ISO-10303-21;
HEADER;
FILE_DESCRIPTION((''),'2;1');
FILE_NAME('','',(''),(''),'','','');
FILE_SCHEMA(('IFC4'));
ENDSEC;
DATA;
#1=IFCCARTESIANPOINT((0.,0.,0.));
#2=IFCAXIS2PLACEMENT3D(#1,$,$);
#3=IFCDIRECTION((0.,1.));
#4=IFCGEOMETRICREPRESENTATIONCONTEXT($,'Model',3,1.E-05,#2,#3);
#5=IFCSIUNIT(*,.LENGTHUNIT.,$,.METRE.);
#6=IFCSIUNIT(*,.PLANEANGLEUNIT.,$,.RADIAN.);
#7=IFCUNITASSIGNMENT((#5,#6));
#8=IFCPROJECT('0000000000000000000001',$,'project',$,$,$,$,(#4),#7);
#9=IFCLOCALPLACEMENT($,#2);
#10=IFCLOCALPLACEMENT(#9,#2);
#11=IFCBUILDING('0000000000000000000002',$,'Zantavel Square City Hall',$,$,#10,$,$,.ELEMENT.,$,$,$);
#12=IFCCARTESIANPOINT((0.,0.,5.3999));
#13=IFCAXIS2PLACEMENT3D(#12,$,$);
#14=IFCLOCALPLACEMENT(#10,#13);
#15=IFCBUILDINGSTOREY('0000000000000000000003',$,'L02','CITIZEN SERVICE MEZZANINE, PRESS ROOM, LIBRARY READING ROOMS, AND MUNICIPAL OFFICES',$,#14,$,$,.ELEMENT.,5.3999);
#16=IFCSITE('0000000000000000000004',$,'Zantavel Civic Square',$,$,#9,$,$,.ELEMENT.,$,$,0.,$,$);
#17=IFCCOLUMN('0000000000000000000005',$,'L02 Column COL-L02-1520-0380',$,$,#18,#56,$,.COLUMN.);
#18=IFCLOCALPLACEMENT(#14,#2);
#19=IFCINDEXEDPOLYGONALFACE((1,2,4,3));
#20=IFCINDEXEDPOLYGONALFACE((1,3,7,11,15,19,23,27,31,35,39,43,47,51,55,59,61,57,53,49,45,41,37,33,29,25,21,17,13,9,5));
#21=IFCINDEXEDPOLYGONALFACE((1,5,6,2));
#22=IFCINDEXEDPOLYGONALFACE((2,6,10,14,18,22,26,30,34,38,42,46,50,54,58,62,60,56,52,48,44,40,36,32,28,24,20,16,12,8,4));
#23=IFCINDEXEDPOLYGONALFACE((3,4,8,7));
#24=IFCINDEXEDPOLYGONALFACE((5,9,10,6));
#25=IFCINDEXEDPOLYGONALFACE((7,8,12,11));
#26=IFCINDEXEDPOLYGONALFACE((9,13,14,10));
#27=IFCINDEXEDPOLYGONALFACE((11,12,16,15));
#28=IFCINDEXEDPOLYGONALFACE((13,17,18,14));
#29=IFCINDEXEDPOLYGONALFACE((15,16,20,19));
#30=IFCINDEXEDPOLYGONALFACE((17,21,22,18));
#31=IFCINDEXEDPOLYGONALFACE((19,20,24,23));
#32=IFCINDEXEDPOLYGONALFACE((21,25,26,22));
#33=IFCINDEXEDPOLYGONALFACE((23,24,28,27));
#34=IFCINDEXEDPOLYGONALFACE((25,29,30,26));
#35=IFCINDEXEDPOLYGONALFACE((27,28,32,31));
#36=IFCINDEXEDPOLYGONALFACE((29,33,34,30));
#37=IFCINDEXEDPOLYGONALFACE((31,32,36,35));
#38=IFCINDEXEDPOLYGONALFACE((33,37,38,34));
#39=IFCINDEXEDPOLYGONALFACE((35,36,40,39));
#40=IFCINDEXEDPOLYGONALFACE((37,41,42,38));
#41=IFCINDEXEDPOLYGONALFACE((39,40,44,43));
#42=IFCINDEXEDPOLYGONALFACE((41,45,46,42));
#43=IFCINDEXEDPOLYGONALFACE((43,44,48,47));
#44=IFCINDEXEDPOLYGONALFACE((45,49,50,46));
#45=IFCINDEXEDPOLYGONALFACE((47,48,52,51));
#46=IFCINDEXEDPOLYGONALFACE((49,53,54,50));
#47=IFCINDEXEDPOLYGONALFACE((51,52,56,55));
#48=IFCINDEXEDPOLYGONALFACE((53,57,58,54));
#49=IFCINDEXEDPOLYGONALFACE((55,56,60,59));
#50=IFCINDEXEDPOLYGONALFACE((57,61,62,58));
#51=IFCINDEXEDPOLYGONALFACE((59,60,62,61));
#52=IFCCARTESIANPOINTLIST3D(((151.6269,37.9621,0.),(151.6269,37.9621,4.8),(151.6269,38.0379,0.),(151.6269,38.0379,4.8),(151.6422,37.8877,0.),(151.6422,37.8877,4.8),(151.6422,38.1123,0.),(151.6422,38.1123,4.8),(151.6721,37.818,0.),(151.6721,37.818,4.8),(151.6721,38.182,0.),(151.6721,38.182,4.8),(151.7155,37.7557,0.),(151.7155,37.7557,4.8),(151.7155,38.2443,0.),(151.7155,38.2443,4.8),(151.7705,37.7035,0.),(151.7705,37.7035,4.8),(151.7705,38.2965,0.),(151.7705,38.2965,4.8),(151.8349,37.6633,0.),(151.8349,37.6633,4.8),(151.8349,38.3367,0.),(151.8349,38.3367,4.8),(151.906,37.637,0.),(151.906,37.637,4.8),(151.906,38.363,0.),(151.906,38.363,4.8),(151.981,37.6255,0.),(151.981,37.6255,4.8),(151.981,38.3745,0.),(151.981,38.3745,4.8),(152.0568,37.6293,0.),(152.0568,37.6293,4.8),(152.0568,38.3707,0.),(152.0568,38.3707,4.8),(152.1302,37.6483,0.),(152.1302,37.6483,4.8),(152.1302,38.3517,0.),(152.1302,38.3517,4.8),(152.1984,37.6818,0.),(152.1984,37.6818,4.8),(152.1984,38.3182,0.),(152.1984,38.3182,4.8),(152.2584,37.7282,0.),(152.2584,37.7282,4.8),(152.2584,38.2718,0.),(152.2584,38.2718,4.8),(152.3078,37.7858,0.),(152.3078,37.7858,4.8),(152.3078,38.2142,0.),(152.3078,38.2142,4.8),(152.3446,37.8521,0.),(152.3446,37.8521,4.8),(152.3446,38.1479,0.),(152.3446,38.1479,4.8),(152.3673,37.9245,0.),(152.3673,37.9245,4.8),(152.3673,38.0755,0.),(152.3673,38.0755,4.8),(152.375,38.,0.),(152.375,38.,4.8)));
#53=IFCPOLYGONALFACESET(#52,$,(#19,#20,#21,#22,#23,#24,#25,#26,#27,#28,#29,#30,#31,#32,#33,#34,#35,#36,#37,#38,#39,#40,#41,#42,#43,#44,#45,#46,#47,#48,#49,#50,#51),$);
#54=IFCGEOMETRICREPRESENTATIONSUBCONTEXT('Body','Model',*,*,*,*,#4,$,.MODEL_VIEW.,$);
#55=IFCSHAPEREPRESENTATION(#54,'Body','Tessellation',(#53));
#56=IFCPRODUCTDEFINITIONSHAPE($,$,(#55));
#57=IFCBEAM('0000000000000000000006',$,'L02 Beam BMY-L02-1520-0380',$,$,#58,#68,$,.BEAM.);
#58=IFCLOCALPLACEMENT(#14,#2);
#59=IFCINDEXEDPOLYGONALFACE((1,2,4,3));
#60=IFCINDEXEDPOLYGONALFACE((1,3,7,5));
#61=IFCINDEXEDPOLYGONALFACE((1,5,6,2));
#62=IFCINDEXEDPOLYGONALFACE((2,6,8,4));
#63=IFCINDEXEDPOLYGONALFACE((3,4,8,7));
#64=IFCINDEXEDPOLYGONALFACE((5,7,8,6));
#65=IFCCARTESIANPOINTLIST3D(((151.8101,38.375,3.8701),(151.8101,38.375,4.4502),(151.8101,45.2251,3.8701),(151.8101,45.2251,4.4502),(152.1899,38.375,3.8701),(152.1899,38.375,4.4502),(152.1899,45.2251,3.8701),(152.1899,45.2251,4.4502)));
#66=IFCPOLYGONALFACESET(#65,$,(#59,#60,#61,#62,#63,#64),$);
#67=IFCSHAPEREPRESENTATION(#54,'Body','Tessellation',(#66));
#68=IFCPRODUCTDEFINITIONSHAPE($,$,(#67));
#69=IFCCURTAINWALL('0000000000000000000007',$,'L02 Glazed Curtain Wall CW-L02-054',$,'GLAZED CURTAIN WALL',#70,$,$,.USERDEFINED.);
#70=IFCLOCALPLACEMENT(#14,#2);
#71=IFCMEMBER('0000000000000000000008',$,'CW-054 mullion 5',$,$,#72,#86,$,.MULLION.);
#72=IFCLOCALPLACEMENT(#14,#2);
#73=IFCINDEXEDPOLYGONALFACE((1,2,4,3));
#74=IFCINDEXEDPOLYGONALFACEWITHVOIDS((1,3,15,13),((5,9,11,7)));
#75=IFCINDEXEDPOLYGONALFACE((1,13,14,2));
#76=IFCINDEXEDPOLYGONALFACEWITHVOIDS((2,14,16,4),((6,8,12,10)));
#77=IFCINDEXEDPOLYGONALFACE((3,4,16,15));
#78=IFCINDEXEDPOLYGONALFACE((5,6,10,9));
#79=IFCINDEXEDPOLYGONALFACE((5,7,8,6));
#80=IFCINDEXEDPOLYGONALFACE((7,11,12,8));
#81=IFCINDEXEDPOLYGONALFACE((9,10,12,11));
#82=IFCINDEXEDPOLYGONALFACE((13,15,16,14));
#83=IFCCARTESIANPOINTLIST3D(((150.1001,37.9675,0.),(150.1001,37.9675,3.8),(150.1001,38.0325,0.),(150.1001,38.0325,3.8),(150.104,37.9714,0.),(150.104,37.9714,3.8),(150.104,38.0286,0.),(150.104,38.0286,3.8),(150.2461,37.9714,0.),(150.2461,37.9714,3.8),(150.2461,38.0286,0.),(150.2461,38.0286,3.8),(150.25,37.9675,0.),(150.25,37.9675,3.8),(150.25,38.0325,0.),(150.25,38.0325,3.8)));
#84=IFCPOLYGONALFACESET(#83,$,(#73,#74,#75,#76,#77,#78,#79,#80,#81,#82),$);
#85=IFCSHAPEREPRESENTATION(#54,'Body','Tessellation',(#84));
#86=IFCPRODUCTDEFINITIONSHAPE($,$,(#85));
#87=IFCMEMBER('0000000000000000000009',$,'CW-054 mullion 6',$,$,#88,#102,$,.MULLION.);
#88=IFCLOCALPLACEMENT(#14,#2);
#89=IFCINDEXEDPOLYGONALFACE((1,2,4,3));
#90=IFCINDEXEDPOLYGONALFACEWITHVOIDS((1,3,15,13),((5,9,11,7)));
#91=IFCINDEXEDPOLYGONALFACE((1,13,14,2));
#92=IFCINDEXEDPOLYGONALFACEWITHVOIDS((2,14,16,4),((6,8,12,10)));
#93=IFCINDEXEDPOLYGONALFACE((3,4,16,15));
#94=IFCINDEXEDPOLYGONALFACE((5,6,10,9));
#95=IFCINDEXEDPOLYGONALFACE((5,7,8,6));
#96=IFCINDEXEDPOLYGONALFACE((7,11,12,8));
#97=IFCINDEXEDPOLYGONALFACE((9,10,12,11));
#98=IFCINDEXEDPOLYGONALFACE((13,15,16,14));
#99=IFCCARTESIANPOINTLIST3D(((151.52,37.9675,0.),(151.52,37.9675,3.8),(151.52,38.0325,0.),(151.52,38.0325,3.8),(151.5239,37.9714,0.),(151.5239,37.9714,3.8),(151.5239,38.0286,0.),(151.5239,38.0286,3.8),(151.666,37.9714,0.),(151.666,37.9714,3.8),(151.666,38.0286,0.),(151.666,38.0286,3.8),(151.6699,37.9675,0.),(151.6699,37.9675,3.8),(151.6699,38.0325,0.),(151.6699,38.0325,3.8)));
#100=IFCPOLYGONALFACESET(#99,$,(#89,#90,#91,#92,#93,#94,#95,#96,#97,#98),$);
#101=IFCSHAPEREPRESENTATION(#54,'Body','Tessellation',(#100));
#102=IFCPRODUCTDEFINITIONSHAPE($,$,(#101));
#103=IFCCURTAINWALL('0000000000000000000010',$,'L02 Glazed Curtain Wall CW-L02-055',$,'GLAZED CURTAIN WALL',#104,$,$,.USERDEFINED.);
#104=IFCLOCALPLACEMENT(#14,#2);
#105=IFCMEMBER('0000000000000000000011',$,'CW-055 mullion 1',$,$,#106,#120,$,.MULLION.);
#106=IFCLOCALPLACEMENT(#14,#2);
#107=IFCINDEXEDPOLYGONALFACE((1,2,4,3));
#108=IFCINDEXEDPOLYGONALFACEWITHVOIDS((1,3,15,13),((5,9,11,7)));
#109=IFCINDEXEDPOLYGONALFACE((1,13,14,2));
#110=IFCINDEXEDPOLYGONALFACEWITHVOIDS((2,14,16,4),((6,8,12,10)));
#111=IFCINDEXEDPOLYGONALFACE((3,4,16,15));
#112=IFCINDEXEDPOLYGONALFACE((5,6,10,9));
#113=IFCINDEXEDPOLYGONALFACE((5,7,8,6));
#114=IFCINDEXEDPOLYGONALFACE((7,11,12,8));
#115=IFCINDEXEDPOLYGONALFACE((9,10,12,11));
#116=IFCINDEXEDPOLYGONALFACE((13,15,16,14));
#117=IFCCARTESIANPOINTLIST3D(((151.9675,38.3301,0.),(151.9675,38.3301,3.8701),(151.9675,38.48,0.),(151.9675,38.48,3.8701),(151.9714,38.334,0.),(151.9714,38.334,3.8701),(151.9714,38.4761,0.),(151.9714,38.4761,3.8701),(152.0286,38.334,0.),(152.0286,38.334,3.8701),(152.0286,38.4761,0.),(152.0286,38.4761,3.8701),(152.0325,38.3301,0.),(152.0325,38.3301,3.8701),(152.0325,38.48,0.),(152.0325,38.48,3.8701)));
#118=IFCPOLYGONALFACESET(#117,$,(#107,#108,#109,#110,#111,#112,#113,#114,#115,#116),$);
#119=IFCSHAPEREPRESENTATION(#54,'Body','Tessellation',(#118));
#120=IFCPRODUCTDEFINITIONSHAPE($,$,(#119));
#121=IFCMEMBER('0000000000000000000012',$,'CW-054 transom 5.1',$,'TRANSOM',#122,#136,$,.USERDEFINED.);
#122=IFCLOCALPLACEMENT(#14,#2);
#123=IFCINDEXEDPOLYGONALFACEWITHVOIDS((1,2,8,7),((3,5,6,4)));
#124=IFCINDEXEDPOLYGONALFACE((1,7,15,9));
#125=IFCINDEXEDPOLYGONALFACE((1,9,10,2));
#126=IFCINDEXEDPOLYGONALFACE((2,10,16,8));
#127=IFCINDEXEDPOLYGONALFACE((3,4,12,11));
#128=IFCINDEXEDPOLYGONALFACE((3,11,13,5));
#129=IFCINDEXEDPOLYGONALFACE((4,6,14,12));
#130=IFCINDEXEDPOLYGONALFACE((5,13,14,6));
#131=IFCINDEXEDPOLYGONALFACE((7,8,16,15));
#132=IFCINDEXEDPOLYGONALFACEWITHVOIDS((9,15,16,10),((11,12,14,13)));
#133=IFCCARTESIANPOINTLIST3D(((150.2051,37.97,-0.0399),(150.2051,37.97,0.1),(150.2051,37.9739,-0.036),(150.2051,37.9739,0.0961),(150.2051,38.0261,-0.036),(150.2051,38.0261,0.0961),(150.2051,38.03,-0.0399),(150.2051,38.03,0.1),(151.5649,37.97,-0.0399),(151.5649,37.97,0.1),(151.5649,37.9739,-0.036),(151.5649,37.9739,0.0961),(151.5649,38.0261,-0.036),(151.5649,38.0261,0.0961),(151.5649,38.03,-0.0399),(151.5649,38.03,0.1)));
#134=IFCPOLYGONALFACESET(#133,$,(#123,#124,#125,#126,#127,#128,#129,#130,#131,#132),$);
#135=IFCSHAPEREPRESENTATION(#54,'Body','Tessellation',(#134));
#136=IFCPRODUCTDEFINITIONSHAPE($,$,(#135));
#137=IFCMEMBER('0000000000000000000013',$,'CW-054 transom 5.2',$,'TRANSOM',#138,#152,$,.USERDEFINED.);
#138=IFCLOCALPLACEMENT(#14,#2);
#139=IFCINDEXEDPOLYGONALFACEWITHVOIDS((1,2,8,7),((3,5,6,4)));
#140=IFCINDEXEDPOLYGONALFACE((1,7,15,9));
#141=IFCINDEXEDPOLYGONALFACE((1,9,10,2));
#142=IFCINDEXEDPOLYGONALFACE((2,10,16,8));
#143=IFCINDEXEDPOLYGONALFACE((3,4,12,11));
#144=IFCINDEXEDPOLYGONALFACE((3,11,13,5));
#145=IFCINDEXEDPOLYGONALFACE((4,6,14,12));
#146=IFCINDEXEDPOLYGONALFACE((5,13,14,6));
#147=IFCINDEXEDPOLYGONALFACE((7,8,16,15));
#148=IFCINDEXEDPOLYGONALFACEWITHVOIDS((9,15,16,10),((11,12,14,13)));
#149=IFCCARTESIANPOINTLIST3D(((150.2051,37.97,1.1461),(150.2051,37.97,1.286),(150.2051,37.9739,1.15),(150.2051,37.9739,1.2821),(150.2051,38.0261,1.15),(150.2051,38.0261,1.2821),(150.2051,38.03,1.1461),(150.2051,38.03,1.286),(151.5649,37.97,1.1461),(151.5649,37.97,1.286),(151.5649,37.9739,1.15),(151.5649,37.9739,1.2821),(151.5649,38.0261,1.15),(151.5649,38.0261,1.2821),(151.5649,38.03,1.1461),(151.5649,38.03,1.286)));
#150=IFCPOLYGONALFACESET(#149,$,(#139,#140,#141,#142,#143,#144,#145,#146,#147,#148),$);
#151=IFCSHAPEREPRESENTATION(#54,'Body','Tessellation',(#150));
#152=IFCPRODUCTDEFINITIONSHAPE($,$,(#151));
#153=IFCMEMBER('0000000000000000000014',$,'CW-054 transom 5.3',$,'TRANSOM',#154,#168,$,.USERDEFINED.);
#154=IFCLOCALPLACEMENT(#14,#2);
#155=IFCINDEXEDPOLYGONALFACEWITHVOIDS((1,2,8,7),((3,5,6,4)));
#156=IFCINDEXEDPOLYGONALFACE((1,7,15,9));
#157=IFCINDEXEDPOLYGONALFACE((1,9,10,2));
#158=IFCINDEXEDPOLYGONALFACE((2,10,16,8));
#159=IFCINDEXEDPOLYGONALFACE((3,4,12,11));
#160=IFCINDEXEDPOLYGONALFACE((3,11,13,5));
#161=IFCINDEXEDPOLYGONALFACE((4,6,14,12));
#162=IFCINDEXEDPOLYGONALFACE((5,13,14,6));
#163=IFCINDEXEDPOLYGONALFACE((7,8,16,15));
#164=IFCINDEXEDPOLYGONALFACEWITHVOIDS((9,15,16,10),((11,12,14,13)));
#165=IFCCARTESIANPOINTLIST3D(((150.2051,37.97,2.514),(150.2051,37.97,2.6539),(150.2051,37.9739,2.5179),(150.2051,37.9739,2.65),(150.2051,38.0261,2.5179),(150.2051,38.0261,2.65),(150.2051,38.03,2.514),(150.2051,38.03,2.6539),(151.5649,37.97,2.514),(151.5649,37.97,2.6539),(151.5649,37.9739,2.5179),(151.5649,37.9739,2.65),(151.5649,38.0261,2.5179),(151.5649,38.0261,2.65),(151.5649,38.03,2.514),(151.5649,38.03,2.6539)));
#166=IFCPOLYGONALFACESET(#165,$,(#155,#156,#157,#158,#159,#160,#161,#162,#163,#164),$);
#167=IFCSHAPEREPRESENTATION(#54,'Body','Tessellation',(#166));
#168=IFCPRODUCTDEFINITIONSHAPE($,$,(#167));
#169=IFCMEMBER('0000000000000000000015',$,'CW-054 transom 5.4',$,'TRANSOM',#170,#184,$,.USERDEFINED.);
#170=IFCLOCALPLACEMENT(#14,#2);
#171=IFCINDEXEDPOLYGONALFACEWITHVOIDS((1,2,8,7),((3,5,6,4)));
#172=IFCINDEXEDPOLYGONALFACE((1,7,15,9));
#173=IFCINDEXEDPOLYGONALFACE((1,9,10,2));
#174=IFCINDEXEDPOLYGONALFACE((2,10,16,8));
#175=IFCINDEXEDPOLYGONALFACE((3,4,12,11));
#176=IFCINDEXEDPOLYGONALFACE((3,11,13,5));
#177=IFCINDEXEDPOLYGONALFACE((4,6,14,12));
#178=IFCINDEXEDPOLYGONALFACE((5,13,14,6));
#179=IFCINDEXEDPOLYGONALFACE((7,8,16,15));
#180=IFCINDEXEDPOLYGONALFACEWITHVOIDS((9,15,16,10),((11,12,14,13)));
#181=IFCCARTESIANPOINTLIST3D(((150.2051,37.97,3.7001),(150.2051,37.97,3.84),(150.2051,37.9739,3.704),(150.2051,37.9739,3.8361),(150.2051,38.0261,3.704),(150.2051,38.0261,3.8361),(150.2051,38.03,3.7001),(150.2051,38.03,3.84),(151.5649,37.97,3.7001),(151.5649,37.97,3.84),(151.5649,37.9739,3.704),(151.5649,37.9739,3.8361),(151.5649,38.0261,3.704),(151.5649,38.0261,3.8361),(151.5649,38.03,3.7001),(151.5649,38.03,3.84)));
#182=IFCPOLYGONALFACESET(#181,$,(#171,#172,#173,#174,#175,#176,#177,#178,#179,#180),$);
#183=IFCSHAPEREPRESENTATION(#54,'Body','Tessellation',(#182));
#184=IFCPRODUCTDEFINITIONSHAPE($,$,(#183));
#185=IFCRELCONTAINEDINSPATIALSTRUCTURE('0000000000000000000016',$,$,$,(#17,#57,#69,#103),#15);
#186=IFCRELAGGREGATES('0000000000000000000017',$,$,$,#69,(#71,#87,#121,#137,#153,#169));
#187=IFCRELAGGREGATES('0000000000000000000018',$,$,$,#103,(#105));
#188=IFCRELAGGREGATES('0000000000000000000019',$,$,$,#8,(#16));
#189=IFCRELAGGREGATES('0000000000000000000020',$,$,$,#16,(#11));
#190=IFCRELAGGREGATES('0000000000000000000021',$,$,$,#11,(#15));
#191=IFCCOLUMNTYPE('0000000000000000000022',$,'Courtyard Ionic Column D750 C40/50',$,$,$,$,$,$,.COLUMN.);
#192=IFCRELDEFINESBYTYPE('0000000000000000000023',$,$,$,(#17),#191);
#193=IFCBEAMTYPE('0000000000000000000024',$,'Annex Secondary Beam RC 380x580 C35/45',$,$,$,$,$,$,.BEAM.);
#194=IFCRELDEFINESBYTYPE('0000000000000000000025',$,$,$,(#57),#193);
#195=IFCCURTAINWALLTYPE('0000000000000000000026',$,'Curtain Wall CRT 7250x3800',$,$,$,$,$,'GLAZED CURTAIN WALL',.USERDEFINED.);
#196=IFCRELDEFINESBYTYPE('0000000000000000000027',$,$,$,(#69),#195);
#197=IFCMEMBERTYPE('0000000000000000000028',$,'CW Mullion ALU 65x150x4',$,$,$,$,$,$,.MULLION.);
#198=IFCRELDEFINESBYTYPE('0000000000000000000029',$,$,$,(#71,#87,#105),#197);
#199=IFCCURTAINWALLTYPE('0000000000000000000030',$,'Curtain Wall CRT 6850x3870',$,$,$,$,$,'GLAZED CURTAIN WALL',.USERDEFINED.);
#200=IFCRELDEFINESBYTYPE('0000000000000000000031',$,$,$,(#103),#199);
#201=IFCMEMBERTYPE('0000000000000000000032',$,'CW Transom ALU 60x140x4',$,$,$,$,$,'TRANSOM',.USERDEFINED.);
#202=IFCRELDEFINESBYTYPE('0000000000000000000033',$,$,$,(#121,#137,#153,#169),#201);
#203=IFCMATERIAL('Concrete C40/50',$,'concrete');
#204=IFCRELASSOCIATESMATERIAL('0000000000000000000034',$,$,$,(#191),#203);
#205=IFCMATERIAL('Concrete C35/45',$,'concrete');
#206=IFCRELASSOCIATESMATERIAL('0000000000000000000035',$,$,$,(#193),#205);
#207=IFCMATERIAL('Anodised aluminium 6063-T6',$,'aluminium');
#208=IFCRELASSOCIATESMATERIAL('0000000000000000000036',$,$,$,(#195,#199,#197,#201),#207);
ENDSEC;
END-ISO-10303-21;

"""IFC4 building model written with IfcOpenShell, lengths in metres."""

from ifc_helpers import new_model, si_unit, direction, frame, origin, origin_2d, place, context, subcontext, project, spatial, rectangle, hollow_rectangle, circle, extrude, material, material_profile, profile_set, type_object, element, aggregate, save


model = new_model("IFC4")

# Units and contexts
model_context = context("Model", 3, precision=1e-05, world=origin(), true_north=direction((0.0, 1.0)))
body_context = subcontext(model_context, "Body", "Model", "MODEL_VIEW")
ifc_project = project(units=[si_unit("LENGTHUNIT", "METRE"), si_unit("PLANEANGLEUNIT", "RADIAN")], contexts=[model_context])

# Site, building, storey
site_placement = place(None, origin())
site = spatial("IfcSite", under=ifc_project, at=site_placement, Name="Zantavel Civic Square", CompositionType="ELEMENT", RefElevation=0.0)
building_placement = place(site_placement, origin())
building = spatial("IfcBuilding", under=site, at=building_placement, Name="Zantavel Square City Hall", CompositionType="ELEMENT")
storey_placement = place(building_placement, frame((0.0, 0.0, 5.3999)))
storey = spatial("IfcBuildingStorey", under=building, at=storey_placement, Name="L02", Description="CITIZEN SERVICE MEZZANINE, PRESS ROOM, LIBRARY READING ROOMS, AND MUNICIPAL OFFICES", CompositionType="ELEMENT", Elevation=5.3999)

# Column
ifc_material_1 = material(Name="Concrete C40/50", Category="concrete")
ifc_material_profile_1 = material_profile(ifc_material_1, circle(Radius=0.375, at=origin_2d()), Name="ROUND D750")
ifc_profile_set_1 = profile_set([ifc_material_profile_1], Name="Concrete C40/50")
column_type = type_object("IfcColumnType", Name="Courtyard Ionic Column D750 C40/50", PredefinedType="COLUMN", material=ifc_profile_set_1)
column_placement = place(storey_placement, frame((152.0, 38.0, 0.0), z_axis=(0.0, 0.0, 1.0), x_axis=(1.0, 0.0, 0.0)))
element("IfcColumn", 1, at=column_placement, inside=storey, type_object=column_type, Name="L02 Column COL-L02-1520-0380", PredefinedType="COLUMN", context=body_context, shape_type="SweptSolid", body=[
    extrude(circle(Radius=0.375, at=origin_2d()), origin(), (0.0, 0.0, 1.0), 4.8),
])

# Beam
ifc_material_2 = material(Name="Concrete C35/45", Category="concrete")
ifc_material_profile_2 = material_profile(ifc_material_2, rectangle(XDim=0.3799, YDim=0.5801, at=origin_2d()), Name="RC 380x580")
ifc_profile_set_2 = profile_set([ifc_material_profile_2], Name="Concrete C35/45")
beam_type = type_object("IfcBeamType", Name="Annex Secondary Beam RC 380x580 C35/45", PredefinedType="BEAM", material=ifc_profile_set_2)
beam_placement = place(storey_placement, frame((152.0, 38.375, 4.1602), z_axis=(0.0, 1.0, 0.0), x_axis=(-1.0, 0.0, 0.0)))
element("IfcBeam", 2, at=beam_placement, inside=storey, type_object=beam_type, Name="L02 Beam BMY-L02-1520-0380", PredefinedType="BEAM", context=body_context, shape_type="SweptSolid", body=[
    extrude(rectangle(XDim=0.3799, YDim=0.5801, at=origin_2d()), origin(), (0.0, 0.0, 1.0), 6.8501),
])

# Curtain wall, members
ifc_material_3 = material(Name="Anodised aluminium 6063-T6", Category="aluminium")
curtain_wall_type_1 = type_object("IfcCurtainWallType", Name="Curtain Wall CRT 7250x3800", ElementType="GLAZED CURTAIN WALL", PredefinedType="USERDEFINED", material=ifc_material_3)
curtain_wall_1_placement = place(storey_placement, origin())
curtain_wall_1 = element("IfcCurtainWall", 3, at=curtain_wall_1_placement, inside=storey, type_object=curtain_wall_type_1, Name="L02 Glazed Curtain Wall CW-L02-054", ObjectType="GLAZED CURTAIN WALL", PredefinedType="USERDEFINED")
ifc_material_profile_3 = material_profile(ifc_material_3, hollow_rectangle(XDim=0.0649, YDim=0.1499, WallThickness=0.0039, at=origin_2d()), Name="ALU 65x150x4")
ifc_profile_set_3 = profile_set([ifc_material_profile_3], Name="Anodised aluminium 6063-T6")
member_type_1 = type_object("IfcMemberType", Name="CW Mullion ALU 65x150x4", PredefinedType="MULLION", material=ifc_profile_set_3)
member_1_placement = place(storey_placement, frame((150.175, 38.0, 0.0), z_axis=(0.0, 0.0, 1.0), x_axis=(0.0, 1.0, 0.0)))
member_1 = element("IfcMember", 4, at=member_1_placement, type_object=member_type_1, Name="CW-054 mullion 5", PredefinedType="MULLION", context=body_context, shape_type="SweptSolid", body=[
    extrude(hollow_rectangle(XDim=0.0649, YDim=0.1499, WallThickness=0.0039, at=origin_2d()), origin(), (0.0, 0.0, 1.0), 3.8),
])
member_2_placement = place(storey_placement, frame((151.595, 38.0, 0.0), z_axis=(0.0, 0.0, 1.0), x_axis=(0.0, 1.0, 0.0)))
member_2 = element("IfcMember", 5, at=member_2_placement, type_object=member_type_1, Name="CW-054 mullion 6", PredefinedType="MULLION", context=body_context, shape_type="SweptSolid", body=[
    extrude(hollow_rectangle(XDim=0.0649, YDim=0.1499, WallThickness=0.0039, at=origin_2d()), origin(), (0.0, 0.0, 1.0), 3.8),
])

# Curtain wall, member
curtain_wall_type_2 = type_object("IfcCurtainWallType", Name="Curtain Wall CRT 6850x3870", ElementType="GLAZED CURTAIN WALL", PredefinedType="USERDEFINED", material=ifc_material_3)
curtain_wall_2_placement = place(storey_placement, origin())
curtain_wall_2 = element("IfcCurtainWall", 6, at=curtain_wall_2_placement, inside=storey, type_object=curtain_wall_type_2, Name="L02 Glazed Curtain Wall CW-L02-055", ObjectType="GLAZED CURTAIN WALL", PredefinedType="USERDEFINED")
member_3_placement = place(storey_placement, frame((152.0, 38.405, 0.0), z_axis=(0.0, 0.0, 1.0), x_axis=(-1.0, 0.0, 0.0)))
member_3 = element("IfcMember", 7, at=member_3_placement, type_object=member_type_1, Name="CW-055 mullion 1", PredefinedType="MULLION", context=body_context, shape_type="SweptSolid", body=[
    extrude(hollow_rectangle(XDim=0.0649, YDim=0.1499, WallThickness=0.0039, at=origin_2d()), origin(), (0.0, 0.0, 1.0), 3.8701),
])

# Members
ifc_material_profile_4 = material_profile(ifc_material_3, hollow_rectangle(XDim=0.0601, YDim=0.1399, WallThickness=0.0039, at=origin_2d()), Name="ALU 60x140x4")
ifc_profile_set_4 = profile_set([ifc_material_profile_4], Name="Anodised aluminium 6063-T6")
member_type_2 = type_object("IfcMemberType", Name="CW Transom ALU 60x140x4", ElementType="TRANSOM", PredefinedType="USERDEFINED", material=ifc_profile_set_4)
member_4_placement = place(storey_placement, frame((150.2051, 38.0, 0.03), z_axis=(1.0, 0.0, 0.0), x_axis=(0.0, 1.0, 0.0)))
member_4 = element("IfcMember", 8, at=member_4_placement, type_object=member_type_2, Name="CW-054 transom 5.1", ObjectType="TRANSOM", PredefinedType="USERDEFINED", context=body_context, shape_type="SweptSolid", body=[
    extrude(hollow_rectangle(XDim=0.0601, YDim=0.1399, WallThickness=0.0039, at=origin_2d()), origin(), (0.0, 0.0, 1.0), 1.3599),
])
member_5_placement = place(storey_placement, frame((150.2051, 38.0, 1.2161), z_axis=(1.0, 0.0, 0.0), x_axis=(0.0, 1.0, 0.0)))
member_5 = element("IfcMember", 9, at=member_5_placement, type_object=member_type_2, Name="CW-054 transom 5.2", ObjectType="TRANSOM", PredefinedType="USERDEFINED", context=body_context, shape_type="SweptSolid", body=[
    extrude(hollow_rectangle(XDim=0.0601, YDim=0.1399, WallThickness=0.0039, at=origin_2d()), origin(), (0.0, 0.0, 1.0), 1.3599),
])
member_6_placement = place(storey_placement, frame((150.2051, 38.0, 2.584), z_axis=(1.0, 0.0, 0.0), x_axis=(0.0, 1.0, 0.0)))
member_6 = element("IfcMember", 10, at=member_6_placement, type_object=member_type_2, Name="CW-054 transom 5.3", ObjectType="TRANSOM", PredefinedType="USERDEFINED", context=body_context, shape_type="SweptSolid", body=[
    extrude(hollow_rectangle(XDim=0.0601, YDim=0.1399, WallThickness=0.0039, at=origin_2d()), origin(), (0.0, 0.0, 1.0), 1.3599),
])
member_7_placement = place(storey_placement, frame((150.2051, 38.0, 3.77), z_axis=(1.0, 0.0, 0.0), x_axis=(0.0, 1.0, 0.0)))
member_7 = element("IfcMember", 11, at=member_7_placement, type_object=member_type_2, Name="CW-054 transom 5.4", ObjectType="TRANSOM", PredefinedType="USERDEFINED", context=body_context, shape_type="SweptSolid", body=[
    extrude(hollow_rectangle(XDim=0.0601, YDim=0.1399, WallThickness=0.0039, at=origin_2d()), origin(), (0.0, 0.0, 1.0), 1.3599),
])

aggregate(curtain_wall_1, [member_1, member_2, member_4, member_5, member_6, member_7])
aggregate(curtain_wall_2, [member_3])

save(model, "model.ifc")
